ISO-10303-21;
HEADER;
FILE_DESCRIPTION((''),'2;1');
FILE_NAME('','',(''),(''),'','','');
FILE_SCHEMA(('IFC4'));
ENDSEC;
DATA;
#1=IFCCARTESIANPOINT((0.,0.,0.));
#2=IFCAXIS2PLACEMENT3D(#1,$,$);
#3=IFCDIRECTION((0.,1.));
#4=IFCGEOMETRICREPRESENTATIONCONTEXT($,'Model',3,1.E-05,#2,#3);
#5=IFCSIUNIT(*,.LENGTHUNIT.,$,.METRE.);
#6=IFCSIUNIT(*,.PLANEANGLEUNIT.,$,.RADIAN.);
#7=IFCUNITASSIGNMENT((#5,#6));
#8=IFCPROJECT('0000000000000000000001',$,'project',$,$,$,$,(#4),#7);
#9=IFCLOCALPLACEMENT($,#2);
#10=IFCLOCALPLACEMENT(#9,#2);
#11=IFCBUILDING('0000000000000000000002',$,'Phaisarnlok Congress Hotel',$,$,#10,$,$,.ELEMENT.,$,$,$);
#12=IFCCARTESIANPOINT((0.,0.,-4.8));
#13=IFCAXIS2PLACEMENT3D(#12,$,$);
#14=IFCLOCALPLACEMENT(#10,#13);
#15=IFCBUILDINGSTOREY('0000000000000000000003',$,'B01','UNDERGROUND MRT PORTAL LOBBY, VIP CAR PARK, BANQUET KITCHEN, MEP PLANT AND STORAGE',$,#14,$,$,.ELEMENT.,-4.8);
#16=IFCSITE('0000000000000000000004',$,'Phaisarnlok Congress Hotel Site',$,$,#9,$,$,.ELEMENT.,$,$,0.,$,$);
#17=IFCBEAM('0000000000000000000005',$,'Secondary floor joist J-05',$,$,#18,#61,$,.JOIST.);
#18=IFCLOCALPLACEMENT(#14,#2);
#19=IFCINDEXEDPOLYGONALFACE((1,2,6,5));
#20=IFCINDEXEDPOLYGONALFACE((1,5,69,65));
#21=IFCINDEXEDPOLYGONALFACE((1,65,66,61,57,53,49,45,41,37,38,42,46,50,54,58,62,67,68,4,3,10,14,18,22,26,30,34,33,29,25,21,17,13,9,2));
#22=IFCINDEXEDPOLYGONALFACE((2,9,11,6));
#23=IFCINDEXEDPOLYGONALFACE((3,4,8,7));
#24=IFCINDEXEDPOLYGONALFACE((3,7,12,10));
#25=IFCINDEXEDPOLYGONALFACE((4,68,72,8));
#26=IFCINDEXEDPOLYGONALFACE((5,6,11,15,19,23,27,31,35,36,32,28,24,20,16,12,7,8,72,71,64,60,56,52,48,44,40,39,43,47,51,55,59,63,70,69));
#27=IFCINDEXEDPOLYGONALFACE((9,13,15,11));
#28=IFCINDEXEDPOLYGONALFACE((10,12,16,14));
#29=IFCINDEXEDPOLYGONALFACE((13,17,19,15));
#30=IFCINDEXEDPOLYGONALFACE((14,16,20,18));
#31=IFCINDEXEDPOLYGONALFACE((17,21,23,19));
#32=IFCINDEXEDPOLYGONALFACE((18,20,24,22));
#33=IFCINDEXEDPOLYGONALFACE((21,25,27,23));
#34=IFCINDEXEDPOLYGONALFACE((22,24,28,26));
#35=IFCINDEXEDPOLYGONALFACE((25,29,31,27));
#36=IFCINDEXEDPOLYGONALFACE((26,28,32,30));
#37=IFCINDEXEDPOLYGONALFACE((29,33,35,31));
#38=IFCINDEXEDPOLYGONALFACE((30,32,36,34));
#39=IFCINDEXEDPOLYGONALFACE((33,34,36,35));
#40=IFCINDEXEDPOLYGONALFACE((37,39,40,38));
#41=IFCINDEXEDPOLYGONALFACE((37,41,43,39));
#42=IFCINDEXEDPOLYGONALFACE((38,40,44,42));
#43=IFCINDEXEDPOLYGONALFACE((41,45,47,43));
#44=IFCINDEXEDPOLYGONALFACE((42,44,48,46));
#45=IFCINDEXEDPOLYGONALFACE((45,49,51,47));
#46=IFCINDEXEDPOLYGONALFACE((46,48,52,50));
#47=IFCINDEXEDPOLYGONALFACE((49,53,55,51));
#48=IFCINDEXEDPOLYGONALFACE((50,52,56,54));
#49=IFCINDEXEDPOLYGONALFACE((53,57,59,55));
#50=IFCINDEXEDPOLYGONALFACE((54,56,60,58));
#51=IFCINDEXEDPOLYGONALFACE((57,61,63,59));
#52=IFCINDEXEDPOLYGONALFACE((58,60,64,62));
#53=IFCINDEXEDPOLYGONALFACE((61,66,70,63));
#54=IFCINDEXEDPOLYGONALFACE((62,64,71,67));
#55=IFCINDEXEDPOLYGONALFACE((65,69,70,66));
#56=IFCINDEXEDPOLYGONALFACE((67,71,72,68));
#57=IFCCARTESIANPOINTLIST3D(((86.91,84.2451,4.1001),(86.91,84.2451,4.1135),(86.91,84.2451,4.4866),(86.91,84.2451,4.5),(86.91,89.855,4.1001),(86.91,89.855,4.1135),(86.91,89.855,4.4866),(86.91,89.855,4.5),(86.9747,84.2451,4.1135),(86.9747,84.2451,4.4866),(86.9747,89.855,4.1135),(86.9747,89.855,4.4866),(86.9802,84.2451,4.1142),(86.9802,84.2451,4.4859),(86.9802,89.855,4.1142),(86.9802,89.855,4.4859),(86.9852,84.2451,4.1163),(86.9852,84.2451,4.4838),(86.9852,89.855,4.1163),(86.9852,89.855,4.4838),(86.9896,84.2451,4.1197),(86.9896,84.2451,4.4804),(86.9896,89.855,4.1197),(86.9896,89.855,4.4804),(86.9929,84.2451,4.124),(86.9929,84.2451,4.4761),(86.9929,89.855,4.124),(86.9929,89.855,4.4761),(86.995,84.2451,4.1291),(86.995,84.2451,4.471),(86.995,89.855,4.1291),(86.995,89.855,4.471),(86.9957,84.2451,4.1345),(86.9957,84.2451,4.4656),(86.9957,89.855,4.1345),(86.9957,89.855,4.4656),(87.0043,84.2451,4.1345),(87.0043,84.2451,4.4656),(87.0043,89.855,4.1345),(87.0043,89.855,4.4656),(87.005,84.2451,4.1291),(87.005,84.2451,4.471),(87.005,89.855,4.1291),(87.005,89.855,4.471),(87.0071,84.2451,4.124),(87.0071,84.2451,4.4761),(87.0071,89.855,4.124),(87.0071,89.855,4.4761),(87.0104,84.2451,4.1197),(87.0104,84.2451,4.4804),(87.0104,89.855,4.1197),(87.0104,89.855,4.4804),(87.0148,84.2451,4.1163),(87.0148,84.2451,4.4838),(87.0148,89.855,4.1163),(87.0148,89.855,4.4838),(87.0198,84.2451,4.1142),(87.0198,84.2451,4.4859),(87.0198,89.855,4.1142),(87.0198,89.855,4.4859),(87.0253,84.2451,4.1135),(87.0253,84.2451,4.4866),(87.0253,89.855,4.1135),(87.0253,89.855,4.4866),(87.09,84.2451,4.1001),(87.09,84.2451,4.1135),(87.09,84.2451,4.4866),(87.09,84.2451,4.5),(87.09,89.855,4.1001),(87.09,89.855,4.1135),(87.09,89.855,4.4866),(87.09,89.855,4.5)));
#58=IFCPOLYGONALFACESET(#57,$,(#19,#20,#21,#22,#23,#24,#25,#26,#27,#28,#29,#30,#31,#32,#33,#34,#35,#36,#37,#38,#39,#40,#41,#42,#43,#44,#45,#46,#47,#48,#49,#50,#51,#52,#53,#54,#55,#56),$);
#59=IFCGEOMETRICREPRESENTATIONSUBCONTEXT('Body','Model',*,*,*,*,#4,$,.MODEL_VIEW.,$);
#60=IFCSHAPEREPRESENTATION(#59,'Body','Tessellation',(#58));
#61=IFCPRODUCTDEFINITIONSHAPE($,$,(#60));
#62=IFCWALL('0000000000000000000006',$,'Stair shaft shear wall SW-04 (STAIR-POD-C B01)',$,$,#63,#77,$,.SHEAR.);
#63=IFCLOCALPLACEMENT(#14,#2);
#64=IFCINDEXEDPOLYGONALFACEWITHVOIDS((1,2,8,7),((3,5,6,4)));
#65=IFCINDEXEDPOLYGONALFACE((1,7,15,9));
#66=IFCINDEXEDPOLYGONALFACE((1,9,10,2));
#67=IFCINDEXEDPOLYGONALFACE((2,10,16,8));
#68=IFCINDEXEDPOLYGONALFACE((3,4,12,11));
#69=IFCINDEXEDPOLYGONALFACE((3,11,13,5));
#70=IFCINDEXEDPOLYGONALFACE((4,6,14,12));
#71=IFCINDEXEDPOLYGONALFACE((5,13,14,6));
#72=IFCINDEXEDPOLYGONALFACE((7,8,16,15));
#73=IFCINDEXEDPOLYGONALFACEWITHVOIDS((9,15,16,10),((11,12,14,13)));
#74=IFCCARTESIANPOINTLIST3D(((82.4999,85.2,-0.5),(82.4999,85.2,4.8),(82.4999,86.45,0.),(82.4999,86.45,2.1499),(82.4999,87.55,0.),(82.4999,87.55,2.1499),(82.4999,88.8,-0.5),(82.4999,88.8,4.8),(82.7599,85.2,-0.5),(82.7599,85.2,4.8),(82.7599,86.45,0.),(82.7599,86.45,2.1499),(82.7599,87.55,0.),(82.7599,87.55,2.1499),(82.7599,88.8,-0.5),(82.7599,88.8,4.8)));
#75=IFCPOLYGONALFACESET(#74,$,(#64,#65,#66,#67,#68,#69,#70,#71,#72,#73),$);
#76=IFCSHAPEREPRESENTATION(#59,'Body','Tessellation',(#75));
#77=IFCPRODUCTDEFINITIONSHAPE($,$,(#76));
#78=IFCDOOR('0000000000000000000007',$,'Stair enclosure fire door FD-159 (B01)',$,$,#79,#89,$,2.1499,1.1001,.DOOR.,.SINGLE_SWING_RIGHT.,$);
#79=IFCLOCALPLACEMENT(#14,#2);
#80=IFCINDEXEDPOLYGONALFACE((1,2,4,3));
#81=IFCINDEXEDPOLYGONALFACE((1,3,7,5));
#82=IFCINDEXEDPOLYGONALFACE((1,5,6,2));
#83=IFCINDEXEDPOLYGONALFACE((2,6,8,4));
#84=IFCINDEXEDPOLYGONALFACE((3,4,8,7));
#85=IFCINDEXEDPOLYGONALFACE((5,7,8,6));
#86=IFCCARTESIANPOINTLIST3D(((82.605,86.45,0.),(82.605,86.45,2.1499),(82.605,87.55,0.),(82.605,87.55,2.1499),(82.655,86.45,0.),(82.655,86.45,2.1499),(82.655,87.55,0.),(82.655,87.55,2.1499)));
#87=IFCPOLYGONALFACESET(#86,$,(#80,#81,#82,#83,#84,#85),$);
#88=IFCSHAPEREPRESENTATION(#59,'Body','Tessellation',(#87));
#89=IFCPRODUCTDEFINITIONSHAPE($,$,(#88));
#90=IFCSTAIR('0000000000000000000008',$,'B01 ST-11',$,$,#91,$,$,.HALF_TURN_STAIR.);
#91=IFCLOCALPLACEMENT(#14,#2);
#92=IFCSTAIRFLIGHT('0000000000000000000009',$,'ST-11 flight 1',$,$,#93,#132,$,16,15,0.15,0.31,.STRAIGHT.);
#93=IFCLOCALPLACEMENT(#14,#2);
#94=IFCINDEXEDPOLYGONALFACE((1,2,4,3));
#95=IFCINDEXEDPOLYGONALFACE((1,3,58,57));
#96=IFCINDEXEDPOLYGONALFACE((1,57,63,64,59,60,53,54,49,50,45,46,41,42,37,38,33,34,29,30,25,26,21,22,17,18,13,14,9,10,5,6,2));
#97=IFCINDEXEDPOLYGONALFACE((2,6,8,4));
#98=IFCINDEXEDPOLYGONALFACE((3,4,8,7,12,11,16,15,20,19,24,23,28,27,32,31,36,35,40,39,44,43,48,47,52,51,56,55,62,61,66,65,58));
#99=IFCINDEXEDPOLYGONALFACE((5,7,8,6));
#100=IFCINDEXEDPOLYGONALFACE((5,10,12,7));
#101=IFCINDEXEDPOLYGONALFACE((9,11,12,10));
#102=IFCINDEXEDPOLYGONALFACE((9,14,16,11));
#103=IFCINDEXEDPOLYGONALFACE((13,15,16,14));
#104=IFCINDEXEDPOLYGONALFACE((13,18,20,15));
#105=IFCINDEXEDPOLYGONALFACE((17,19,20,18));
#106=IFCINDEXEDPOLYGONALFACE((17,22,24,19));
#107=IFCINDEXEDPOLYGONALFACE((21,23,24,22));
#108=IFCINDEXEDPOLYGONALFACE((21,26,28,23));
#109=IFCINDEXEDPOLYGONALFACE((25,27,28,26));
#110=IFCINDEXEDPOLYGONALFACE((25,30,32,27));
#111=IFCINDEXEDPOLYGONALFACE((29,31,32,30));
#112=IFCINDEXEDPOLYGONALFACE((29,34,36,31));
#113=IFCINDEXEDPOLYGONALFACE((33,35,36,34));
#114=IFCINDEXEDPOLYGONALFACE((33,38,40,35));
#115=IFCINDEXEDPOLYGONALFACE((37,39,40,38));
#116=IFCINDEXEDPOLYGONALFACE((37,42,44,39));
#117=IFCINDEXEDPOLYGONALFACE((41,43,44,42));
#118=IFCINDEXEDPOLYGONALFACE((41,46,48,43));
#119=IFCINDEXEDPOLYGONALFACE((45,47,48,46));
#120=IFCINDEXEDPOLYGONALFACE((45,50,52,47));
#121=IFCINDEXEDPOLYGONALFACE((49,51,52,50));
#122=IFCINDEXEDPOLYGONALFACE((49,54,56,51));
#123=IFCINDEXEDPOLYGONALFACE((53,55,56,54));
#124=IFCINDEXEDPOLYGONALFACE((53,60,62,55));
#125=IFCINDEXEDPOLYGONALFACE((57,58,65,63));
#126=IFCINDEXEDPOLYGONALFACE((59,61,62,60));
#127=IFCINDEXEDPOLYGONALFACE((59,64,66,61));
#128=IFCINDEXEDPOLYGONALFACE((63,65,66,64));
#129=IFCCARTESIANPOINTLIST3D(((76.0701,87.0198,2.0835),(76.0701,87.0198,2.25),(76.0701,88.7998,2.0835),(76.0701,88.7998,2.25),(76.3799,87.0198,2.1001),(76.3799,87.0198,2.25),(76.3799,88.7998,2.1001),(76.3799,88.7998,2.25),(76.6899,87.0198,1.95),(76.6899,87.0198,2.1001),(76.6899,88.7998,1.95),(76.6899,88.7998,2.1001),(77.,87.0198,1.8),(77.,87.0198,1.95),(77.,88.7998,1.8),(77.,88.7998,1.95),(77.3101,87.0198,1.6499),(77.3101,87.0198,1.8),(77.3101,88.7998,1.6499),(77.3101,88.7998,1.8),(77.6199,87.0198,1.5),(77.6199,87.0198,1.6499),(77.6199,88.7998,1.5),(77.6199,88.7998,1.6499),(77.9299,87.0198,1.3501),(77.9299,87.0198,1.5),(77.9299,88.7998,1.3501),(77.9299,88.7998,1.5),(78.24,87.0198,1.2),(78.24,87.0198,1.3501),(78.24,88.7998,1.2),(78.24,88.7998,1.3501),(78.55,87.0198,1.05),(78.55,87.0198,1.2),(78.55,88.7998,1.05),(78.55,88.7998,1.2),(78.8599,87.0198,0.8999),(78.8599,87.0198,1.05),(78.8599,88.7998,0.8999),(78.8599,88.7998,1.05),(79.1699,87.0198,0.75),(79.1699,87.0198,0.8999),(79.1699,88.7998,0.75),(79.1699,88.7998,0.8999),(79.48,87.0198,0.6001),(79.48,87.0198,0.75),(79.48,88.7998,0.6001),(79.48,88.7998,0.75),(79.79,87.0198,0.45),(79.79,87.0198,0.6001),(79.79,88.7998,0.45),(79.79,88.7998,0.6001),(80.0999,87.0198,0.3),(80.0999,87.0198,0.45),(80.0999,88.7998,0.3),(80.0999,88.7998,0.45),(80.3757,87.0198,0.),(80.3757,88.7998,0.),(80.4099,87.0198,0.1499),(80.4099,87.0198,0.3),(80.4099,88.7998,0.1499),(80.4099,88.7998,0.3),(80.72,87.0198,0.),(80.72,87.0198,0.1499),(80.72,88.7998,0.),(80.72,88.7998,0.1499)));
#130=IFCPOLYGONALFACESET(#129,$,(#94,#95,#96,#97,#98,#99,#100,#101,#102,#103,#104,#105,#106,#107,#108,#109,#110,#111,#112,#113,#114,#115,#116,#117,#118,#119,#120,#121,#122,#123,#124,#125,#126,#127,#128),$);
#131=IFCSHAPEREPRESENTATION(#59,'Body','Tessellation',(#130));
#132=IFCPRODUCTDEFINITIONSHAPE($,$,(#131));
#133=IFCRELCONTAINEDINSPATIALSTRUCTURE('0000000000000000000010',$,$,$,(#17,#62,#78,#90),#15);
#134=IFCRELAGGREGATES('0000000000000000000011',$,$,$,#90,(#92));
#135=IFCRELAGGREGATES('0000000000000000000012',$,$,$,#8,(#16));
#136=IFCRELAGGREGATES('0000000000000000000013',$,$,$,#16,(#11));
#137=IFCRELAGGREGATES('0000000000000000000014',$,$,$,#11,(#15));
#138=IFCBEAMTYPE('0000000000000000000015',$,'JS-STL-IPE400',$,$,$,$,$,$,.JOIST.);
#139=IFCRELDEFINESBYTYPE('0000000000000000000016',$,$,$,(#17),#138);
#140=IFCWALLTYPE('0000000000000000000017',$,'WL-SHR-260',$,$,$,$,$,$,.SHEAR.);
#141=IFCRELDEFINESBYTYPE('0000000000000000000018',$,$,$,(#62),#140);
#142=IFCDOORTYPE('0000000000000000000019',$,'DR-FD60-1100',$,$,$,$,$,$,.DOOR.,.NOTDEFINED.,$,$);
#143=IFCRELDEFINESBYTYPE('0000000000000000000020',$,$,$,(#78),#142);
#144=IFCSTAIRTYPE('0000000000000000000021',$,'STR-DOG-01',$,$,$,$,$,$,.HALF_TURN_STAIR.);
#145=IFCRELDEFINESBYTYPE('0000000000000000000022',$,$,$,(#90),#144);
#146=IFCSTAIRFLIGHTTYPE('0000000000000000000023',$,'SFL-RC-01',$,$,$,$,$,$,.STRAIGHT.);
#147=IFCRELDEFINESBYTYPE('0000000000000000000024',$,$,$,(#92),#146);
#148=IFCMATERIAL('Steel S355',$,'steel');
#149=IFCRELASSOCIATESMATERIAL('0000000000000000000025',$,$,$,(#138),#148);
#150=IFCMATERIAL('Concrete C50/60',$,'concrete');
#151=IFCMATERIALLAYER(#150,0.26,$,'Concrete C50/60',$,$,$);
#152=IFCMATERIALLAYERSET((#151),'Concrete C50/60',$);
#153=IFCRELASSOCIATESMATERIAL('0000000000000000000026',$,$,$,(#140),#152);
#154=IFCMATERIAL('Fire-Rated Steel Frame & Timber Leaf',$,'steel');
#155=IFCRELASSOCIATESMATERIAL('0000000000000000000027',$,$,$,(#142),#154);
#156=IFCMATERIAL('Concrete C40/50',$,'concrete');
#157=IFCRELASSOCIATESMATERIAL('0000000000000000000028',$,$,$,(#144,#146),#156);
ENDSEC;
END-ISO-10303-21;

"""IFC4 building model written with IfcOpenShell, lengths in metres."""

from ifc_helpers import new_model, si_unit, direction, frame, frame_2d, origin, origin_2d, place, context, subcontext, project, spatial, polyline, rectangle, i_section, outline, extrude, material, layer, layer_set, material_profile, profile_set, type_object, element, fill, aggregate, save


model = new_model("IFC4")

# Units and contexts
model_context = context("Model", 3, precision=1e-05, world=origin(), true_north=direction((0.0, 1.0)))
body_context = subcontext(model_context, "Body", "Model", "MODEL_VIEW")
ifc_project = project(units=[si_unit("LENGTHUNIT", "METRE"), si_unit("PLANEANGLEUNIT", "RADIAN")], contexts=[model_context])

# Site, building, storey
site_placement = place(None, origin())
site = spatial("IfcSite", under=ifc_project, at=site_placement, Name="Phaisarnlok Congress Hotel Site", CompositionType="ELEMENT", RefElevation=0.0)
building_placement = place(site_placement, origin())
building = spatial("IfcBuilding", under=site, at=building_placement, Name="Phaisarnlok Congress Hotel", CompositionType="ELEMENT")
storey_placement = place(building_placement, frame((0.0, 0.0, -4.8)))
storey = spatial("IfcBuildingStorey", under=building, at=storey_placement, Name="B01", Description="UNDERGROUND MRT PORTAL LOBBY, VIP CAR PARK, BANQUET KITCHEN, MEP PLANT AND STORAGE", CompositionType="ELEMENT", Elevation=-4.8)

# Shared definitions
ifc_material_1 = material(Name="Concrete C40/50", Category="concrete")

# Shared definitions
ifc_material_2 = material(Name="Concrete C50/60", Category="concrete")

# Beam
ifc_material_3 = material(Name="Steel S355", Category="steel")
ifc_material_profile_1 = material_profile(ifc_material_3, i_section(OverallWidth=0.1799, OverallDepth=0.3999, WebThickness=0.0085, FlangeThickness=0.0134, FilletRadius=0.021, at=origin_2d()), Name="IPE 400")
ifc_profile_set_1 = profile_set([ifc_material_profile_1], Name="Steel S355")
beam_type_1 = type_object("IfcBeamType", Name="JS-STL-IPE400", PredefinedType="JOIST", material=ifc_profile_set_1)
beam_placement = place(storey_placement, frame((87.0, 84.2451, 4.3), z_axis=(0.0, 1.0, 0.0), x_axis=(-1.0, 0.0, 0.0)))
element("IfcBeam", 1, at=beam_placement, inside=storey, type_object=beam_type_1, Name="Secondary floor joist J-05", PredefinedType="JOIST", context=body_context, shape_type="SweptSolid", body=[
    extrude(i_section(OverallWidth=0.1799, OverallDepth=0.3999, WebThickness=0.0085, FlangeThickness=0.0134, FilletRadius=0.021, at=origin_2d()), origin(), (0.0, 0.0, 1.0), 5.6099),
])

# Wall, opening, door
ifc_layer = layer(ifc_material_2, 0.26, Name="Concrete C50/60")
ifc_layer_set = layer_set([ifc_layer], Name="Concrete C50/60")
wall_type = type_object("IfcWallType", Name="WL-SHR-260", PredefinedType="SHEAR", material=ifc_layer_set)
wall_placement = place(storey_placement, frame((82.6299, 85.2, -0.5), z_axis=(0.0, 0.0, 1.0), x_axis=(0.0, 1.0, 0.0)))
wall = element("IfcWall", 2, at=wall_placement, inside=storey, type_object=wall_type, Name="Stair shaft shear wall SW-04 (STAIR-POD-C B01)", PredefinedType="SHEAR", context=body_context, shape_type="SweptSolid", body=[
    extrude(rectangle(XDim=3.6001, YDim=0.26, at=frame_2d((1.8, 0.0))), origin(), (0.0, 0.0, 1.0), 5.3),
])
opening_placement = place(wall_placement, frame((1.25, 0.0, 0.5)))
opening = element("IfcOpeningElement", 3, at=opening_placement, cuts=wall, PredefinedType="OPENING", context=body_context, shape_type="SweptSolid", body=[
    extrude(rectangle(XDim=1.1001, YDim=2.1499, at=frame_2d((0.55, 1.075))), frame((0.0, 0.1401, 0.0), z_axis=(0.0, -1.0, 0.0), x_axis=(1.0, 0.0, 0.0)), (0.0, 0.0, 1.0), 0.28),
])
ifc_material_4 = material(Name="Fire-Rated Steel Frame & Timber Leaf", Category="steel")
door_type = type_object("IfcDoorType", Name="DR-FD60-1100", OperationType="NOTDEFINED", PredefinedType="DOOR", material=ifc_material_4)
door_placement = place(opening_placement, origin())
door = element("IfcDoor", 4, at=door_placement, inside=storey, type_object=door_type, Name="Stair enclosure fire door FD-159 (B01)", OperationType="SINGLE_SWING_RIGHT", OverallHeight=2.1499, OverallWidth=1.1001, PredefinedType="DOOR", context=body_context, shape_type="SweptSolid", body=[
    extrude(rectangle(XDim=1.1001, YDim=2.1499, at=frame_2d((0.55, 1.075))), frame((0.0, 0.0249, 0.0), z_axis=(0.0, -1.0, 0.0), x_axis=(1.0, 0.0, 0.0)), (0.0, 0.0, 1.0), 0.05),
])
fill(opening, door)

# Stair, stair flight
stair_type = type_object("IfcStairType", Name="STR-DOG-01", PredefinedType="HALF_TURN_STAIR", material=ifc_material_1)
stair_placement = place(storey_placement, origin())
stair = element("IfcStair", 5, at=stair_placement, inside=storey, type_object=stair_type, Name="B01 ST-11", PredefinedType="HALF_TURN_STAIR")
stair_flight_type = type_object("IfcStairFlightType", Name="SFL-RC-01", PredefinedType="STRAIGHT", material=ifc_material_1)
stair_flight_placement = place(storey_placement, frame((80.72, 87.9099, 0.0), z_axis=(0.0, 0.0, 1.0), x_axis=(-1.0, 0.0, 0.0)))
stair_flight = element("IfcStairFlight", 6, at=stair_flight_placement, type_object=stair_flight_type, Name="ST-11 flight 1", NumberOfRisers=16, NumberOfTreads=15, PredefinedType="STRAIGHT", RiserHeight=0.15, TreadLength=0.31, context=body_context, shape_type="SweptSolid", body=[
    extrude(outline(polyline([(0.0, 0.0), (0.0, 0.1499), (0.3101, 0.1499), (0.3101, 0.3), (0.6201, 0.3), (0.6201, 0.45), (0.9299, 0.45), (0.9299, 0.6001), (1.24, 0.6001), (1.24, 0.75), (1.55, 0.75), (1.55, 0.8999), (1.8601, 0.8999), (1.8601, 1.05), (2.1699, 1.05), (2.1699, 1.2), (2.48, 1.2), (2.48, 1.3501), (2.79, 1.3501), (2.79, 1.5), (3.1001, 1.5), (3.1001, 1.6499), (3.4099, 1.6499), (3.4099, 1.8), (3.72, 1.8), (3.72, 1.95), (4.03, 1.95), (4.03, 2.1001), (4.3401, 2.1001), (4.3401, 2.25), (4.6499, 2.25), (4.6499, 2.3999), (4.6499, 2.0835), (0.3442, 0.0), (0.0, 0.0)])), frame((0.0, 0.8901, 0.0), z_axis=(0.0, -1.0, 0.0), x_axis=(1.0, 0.0, 0.0)), (0.0, 0.0, 1.0), 1.78),
])
aggregate(stair, [stair_flight])

save(model, "model.ifc")
